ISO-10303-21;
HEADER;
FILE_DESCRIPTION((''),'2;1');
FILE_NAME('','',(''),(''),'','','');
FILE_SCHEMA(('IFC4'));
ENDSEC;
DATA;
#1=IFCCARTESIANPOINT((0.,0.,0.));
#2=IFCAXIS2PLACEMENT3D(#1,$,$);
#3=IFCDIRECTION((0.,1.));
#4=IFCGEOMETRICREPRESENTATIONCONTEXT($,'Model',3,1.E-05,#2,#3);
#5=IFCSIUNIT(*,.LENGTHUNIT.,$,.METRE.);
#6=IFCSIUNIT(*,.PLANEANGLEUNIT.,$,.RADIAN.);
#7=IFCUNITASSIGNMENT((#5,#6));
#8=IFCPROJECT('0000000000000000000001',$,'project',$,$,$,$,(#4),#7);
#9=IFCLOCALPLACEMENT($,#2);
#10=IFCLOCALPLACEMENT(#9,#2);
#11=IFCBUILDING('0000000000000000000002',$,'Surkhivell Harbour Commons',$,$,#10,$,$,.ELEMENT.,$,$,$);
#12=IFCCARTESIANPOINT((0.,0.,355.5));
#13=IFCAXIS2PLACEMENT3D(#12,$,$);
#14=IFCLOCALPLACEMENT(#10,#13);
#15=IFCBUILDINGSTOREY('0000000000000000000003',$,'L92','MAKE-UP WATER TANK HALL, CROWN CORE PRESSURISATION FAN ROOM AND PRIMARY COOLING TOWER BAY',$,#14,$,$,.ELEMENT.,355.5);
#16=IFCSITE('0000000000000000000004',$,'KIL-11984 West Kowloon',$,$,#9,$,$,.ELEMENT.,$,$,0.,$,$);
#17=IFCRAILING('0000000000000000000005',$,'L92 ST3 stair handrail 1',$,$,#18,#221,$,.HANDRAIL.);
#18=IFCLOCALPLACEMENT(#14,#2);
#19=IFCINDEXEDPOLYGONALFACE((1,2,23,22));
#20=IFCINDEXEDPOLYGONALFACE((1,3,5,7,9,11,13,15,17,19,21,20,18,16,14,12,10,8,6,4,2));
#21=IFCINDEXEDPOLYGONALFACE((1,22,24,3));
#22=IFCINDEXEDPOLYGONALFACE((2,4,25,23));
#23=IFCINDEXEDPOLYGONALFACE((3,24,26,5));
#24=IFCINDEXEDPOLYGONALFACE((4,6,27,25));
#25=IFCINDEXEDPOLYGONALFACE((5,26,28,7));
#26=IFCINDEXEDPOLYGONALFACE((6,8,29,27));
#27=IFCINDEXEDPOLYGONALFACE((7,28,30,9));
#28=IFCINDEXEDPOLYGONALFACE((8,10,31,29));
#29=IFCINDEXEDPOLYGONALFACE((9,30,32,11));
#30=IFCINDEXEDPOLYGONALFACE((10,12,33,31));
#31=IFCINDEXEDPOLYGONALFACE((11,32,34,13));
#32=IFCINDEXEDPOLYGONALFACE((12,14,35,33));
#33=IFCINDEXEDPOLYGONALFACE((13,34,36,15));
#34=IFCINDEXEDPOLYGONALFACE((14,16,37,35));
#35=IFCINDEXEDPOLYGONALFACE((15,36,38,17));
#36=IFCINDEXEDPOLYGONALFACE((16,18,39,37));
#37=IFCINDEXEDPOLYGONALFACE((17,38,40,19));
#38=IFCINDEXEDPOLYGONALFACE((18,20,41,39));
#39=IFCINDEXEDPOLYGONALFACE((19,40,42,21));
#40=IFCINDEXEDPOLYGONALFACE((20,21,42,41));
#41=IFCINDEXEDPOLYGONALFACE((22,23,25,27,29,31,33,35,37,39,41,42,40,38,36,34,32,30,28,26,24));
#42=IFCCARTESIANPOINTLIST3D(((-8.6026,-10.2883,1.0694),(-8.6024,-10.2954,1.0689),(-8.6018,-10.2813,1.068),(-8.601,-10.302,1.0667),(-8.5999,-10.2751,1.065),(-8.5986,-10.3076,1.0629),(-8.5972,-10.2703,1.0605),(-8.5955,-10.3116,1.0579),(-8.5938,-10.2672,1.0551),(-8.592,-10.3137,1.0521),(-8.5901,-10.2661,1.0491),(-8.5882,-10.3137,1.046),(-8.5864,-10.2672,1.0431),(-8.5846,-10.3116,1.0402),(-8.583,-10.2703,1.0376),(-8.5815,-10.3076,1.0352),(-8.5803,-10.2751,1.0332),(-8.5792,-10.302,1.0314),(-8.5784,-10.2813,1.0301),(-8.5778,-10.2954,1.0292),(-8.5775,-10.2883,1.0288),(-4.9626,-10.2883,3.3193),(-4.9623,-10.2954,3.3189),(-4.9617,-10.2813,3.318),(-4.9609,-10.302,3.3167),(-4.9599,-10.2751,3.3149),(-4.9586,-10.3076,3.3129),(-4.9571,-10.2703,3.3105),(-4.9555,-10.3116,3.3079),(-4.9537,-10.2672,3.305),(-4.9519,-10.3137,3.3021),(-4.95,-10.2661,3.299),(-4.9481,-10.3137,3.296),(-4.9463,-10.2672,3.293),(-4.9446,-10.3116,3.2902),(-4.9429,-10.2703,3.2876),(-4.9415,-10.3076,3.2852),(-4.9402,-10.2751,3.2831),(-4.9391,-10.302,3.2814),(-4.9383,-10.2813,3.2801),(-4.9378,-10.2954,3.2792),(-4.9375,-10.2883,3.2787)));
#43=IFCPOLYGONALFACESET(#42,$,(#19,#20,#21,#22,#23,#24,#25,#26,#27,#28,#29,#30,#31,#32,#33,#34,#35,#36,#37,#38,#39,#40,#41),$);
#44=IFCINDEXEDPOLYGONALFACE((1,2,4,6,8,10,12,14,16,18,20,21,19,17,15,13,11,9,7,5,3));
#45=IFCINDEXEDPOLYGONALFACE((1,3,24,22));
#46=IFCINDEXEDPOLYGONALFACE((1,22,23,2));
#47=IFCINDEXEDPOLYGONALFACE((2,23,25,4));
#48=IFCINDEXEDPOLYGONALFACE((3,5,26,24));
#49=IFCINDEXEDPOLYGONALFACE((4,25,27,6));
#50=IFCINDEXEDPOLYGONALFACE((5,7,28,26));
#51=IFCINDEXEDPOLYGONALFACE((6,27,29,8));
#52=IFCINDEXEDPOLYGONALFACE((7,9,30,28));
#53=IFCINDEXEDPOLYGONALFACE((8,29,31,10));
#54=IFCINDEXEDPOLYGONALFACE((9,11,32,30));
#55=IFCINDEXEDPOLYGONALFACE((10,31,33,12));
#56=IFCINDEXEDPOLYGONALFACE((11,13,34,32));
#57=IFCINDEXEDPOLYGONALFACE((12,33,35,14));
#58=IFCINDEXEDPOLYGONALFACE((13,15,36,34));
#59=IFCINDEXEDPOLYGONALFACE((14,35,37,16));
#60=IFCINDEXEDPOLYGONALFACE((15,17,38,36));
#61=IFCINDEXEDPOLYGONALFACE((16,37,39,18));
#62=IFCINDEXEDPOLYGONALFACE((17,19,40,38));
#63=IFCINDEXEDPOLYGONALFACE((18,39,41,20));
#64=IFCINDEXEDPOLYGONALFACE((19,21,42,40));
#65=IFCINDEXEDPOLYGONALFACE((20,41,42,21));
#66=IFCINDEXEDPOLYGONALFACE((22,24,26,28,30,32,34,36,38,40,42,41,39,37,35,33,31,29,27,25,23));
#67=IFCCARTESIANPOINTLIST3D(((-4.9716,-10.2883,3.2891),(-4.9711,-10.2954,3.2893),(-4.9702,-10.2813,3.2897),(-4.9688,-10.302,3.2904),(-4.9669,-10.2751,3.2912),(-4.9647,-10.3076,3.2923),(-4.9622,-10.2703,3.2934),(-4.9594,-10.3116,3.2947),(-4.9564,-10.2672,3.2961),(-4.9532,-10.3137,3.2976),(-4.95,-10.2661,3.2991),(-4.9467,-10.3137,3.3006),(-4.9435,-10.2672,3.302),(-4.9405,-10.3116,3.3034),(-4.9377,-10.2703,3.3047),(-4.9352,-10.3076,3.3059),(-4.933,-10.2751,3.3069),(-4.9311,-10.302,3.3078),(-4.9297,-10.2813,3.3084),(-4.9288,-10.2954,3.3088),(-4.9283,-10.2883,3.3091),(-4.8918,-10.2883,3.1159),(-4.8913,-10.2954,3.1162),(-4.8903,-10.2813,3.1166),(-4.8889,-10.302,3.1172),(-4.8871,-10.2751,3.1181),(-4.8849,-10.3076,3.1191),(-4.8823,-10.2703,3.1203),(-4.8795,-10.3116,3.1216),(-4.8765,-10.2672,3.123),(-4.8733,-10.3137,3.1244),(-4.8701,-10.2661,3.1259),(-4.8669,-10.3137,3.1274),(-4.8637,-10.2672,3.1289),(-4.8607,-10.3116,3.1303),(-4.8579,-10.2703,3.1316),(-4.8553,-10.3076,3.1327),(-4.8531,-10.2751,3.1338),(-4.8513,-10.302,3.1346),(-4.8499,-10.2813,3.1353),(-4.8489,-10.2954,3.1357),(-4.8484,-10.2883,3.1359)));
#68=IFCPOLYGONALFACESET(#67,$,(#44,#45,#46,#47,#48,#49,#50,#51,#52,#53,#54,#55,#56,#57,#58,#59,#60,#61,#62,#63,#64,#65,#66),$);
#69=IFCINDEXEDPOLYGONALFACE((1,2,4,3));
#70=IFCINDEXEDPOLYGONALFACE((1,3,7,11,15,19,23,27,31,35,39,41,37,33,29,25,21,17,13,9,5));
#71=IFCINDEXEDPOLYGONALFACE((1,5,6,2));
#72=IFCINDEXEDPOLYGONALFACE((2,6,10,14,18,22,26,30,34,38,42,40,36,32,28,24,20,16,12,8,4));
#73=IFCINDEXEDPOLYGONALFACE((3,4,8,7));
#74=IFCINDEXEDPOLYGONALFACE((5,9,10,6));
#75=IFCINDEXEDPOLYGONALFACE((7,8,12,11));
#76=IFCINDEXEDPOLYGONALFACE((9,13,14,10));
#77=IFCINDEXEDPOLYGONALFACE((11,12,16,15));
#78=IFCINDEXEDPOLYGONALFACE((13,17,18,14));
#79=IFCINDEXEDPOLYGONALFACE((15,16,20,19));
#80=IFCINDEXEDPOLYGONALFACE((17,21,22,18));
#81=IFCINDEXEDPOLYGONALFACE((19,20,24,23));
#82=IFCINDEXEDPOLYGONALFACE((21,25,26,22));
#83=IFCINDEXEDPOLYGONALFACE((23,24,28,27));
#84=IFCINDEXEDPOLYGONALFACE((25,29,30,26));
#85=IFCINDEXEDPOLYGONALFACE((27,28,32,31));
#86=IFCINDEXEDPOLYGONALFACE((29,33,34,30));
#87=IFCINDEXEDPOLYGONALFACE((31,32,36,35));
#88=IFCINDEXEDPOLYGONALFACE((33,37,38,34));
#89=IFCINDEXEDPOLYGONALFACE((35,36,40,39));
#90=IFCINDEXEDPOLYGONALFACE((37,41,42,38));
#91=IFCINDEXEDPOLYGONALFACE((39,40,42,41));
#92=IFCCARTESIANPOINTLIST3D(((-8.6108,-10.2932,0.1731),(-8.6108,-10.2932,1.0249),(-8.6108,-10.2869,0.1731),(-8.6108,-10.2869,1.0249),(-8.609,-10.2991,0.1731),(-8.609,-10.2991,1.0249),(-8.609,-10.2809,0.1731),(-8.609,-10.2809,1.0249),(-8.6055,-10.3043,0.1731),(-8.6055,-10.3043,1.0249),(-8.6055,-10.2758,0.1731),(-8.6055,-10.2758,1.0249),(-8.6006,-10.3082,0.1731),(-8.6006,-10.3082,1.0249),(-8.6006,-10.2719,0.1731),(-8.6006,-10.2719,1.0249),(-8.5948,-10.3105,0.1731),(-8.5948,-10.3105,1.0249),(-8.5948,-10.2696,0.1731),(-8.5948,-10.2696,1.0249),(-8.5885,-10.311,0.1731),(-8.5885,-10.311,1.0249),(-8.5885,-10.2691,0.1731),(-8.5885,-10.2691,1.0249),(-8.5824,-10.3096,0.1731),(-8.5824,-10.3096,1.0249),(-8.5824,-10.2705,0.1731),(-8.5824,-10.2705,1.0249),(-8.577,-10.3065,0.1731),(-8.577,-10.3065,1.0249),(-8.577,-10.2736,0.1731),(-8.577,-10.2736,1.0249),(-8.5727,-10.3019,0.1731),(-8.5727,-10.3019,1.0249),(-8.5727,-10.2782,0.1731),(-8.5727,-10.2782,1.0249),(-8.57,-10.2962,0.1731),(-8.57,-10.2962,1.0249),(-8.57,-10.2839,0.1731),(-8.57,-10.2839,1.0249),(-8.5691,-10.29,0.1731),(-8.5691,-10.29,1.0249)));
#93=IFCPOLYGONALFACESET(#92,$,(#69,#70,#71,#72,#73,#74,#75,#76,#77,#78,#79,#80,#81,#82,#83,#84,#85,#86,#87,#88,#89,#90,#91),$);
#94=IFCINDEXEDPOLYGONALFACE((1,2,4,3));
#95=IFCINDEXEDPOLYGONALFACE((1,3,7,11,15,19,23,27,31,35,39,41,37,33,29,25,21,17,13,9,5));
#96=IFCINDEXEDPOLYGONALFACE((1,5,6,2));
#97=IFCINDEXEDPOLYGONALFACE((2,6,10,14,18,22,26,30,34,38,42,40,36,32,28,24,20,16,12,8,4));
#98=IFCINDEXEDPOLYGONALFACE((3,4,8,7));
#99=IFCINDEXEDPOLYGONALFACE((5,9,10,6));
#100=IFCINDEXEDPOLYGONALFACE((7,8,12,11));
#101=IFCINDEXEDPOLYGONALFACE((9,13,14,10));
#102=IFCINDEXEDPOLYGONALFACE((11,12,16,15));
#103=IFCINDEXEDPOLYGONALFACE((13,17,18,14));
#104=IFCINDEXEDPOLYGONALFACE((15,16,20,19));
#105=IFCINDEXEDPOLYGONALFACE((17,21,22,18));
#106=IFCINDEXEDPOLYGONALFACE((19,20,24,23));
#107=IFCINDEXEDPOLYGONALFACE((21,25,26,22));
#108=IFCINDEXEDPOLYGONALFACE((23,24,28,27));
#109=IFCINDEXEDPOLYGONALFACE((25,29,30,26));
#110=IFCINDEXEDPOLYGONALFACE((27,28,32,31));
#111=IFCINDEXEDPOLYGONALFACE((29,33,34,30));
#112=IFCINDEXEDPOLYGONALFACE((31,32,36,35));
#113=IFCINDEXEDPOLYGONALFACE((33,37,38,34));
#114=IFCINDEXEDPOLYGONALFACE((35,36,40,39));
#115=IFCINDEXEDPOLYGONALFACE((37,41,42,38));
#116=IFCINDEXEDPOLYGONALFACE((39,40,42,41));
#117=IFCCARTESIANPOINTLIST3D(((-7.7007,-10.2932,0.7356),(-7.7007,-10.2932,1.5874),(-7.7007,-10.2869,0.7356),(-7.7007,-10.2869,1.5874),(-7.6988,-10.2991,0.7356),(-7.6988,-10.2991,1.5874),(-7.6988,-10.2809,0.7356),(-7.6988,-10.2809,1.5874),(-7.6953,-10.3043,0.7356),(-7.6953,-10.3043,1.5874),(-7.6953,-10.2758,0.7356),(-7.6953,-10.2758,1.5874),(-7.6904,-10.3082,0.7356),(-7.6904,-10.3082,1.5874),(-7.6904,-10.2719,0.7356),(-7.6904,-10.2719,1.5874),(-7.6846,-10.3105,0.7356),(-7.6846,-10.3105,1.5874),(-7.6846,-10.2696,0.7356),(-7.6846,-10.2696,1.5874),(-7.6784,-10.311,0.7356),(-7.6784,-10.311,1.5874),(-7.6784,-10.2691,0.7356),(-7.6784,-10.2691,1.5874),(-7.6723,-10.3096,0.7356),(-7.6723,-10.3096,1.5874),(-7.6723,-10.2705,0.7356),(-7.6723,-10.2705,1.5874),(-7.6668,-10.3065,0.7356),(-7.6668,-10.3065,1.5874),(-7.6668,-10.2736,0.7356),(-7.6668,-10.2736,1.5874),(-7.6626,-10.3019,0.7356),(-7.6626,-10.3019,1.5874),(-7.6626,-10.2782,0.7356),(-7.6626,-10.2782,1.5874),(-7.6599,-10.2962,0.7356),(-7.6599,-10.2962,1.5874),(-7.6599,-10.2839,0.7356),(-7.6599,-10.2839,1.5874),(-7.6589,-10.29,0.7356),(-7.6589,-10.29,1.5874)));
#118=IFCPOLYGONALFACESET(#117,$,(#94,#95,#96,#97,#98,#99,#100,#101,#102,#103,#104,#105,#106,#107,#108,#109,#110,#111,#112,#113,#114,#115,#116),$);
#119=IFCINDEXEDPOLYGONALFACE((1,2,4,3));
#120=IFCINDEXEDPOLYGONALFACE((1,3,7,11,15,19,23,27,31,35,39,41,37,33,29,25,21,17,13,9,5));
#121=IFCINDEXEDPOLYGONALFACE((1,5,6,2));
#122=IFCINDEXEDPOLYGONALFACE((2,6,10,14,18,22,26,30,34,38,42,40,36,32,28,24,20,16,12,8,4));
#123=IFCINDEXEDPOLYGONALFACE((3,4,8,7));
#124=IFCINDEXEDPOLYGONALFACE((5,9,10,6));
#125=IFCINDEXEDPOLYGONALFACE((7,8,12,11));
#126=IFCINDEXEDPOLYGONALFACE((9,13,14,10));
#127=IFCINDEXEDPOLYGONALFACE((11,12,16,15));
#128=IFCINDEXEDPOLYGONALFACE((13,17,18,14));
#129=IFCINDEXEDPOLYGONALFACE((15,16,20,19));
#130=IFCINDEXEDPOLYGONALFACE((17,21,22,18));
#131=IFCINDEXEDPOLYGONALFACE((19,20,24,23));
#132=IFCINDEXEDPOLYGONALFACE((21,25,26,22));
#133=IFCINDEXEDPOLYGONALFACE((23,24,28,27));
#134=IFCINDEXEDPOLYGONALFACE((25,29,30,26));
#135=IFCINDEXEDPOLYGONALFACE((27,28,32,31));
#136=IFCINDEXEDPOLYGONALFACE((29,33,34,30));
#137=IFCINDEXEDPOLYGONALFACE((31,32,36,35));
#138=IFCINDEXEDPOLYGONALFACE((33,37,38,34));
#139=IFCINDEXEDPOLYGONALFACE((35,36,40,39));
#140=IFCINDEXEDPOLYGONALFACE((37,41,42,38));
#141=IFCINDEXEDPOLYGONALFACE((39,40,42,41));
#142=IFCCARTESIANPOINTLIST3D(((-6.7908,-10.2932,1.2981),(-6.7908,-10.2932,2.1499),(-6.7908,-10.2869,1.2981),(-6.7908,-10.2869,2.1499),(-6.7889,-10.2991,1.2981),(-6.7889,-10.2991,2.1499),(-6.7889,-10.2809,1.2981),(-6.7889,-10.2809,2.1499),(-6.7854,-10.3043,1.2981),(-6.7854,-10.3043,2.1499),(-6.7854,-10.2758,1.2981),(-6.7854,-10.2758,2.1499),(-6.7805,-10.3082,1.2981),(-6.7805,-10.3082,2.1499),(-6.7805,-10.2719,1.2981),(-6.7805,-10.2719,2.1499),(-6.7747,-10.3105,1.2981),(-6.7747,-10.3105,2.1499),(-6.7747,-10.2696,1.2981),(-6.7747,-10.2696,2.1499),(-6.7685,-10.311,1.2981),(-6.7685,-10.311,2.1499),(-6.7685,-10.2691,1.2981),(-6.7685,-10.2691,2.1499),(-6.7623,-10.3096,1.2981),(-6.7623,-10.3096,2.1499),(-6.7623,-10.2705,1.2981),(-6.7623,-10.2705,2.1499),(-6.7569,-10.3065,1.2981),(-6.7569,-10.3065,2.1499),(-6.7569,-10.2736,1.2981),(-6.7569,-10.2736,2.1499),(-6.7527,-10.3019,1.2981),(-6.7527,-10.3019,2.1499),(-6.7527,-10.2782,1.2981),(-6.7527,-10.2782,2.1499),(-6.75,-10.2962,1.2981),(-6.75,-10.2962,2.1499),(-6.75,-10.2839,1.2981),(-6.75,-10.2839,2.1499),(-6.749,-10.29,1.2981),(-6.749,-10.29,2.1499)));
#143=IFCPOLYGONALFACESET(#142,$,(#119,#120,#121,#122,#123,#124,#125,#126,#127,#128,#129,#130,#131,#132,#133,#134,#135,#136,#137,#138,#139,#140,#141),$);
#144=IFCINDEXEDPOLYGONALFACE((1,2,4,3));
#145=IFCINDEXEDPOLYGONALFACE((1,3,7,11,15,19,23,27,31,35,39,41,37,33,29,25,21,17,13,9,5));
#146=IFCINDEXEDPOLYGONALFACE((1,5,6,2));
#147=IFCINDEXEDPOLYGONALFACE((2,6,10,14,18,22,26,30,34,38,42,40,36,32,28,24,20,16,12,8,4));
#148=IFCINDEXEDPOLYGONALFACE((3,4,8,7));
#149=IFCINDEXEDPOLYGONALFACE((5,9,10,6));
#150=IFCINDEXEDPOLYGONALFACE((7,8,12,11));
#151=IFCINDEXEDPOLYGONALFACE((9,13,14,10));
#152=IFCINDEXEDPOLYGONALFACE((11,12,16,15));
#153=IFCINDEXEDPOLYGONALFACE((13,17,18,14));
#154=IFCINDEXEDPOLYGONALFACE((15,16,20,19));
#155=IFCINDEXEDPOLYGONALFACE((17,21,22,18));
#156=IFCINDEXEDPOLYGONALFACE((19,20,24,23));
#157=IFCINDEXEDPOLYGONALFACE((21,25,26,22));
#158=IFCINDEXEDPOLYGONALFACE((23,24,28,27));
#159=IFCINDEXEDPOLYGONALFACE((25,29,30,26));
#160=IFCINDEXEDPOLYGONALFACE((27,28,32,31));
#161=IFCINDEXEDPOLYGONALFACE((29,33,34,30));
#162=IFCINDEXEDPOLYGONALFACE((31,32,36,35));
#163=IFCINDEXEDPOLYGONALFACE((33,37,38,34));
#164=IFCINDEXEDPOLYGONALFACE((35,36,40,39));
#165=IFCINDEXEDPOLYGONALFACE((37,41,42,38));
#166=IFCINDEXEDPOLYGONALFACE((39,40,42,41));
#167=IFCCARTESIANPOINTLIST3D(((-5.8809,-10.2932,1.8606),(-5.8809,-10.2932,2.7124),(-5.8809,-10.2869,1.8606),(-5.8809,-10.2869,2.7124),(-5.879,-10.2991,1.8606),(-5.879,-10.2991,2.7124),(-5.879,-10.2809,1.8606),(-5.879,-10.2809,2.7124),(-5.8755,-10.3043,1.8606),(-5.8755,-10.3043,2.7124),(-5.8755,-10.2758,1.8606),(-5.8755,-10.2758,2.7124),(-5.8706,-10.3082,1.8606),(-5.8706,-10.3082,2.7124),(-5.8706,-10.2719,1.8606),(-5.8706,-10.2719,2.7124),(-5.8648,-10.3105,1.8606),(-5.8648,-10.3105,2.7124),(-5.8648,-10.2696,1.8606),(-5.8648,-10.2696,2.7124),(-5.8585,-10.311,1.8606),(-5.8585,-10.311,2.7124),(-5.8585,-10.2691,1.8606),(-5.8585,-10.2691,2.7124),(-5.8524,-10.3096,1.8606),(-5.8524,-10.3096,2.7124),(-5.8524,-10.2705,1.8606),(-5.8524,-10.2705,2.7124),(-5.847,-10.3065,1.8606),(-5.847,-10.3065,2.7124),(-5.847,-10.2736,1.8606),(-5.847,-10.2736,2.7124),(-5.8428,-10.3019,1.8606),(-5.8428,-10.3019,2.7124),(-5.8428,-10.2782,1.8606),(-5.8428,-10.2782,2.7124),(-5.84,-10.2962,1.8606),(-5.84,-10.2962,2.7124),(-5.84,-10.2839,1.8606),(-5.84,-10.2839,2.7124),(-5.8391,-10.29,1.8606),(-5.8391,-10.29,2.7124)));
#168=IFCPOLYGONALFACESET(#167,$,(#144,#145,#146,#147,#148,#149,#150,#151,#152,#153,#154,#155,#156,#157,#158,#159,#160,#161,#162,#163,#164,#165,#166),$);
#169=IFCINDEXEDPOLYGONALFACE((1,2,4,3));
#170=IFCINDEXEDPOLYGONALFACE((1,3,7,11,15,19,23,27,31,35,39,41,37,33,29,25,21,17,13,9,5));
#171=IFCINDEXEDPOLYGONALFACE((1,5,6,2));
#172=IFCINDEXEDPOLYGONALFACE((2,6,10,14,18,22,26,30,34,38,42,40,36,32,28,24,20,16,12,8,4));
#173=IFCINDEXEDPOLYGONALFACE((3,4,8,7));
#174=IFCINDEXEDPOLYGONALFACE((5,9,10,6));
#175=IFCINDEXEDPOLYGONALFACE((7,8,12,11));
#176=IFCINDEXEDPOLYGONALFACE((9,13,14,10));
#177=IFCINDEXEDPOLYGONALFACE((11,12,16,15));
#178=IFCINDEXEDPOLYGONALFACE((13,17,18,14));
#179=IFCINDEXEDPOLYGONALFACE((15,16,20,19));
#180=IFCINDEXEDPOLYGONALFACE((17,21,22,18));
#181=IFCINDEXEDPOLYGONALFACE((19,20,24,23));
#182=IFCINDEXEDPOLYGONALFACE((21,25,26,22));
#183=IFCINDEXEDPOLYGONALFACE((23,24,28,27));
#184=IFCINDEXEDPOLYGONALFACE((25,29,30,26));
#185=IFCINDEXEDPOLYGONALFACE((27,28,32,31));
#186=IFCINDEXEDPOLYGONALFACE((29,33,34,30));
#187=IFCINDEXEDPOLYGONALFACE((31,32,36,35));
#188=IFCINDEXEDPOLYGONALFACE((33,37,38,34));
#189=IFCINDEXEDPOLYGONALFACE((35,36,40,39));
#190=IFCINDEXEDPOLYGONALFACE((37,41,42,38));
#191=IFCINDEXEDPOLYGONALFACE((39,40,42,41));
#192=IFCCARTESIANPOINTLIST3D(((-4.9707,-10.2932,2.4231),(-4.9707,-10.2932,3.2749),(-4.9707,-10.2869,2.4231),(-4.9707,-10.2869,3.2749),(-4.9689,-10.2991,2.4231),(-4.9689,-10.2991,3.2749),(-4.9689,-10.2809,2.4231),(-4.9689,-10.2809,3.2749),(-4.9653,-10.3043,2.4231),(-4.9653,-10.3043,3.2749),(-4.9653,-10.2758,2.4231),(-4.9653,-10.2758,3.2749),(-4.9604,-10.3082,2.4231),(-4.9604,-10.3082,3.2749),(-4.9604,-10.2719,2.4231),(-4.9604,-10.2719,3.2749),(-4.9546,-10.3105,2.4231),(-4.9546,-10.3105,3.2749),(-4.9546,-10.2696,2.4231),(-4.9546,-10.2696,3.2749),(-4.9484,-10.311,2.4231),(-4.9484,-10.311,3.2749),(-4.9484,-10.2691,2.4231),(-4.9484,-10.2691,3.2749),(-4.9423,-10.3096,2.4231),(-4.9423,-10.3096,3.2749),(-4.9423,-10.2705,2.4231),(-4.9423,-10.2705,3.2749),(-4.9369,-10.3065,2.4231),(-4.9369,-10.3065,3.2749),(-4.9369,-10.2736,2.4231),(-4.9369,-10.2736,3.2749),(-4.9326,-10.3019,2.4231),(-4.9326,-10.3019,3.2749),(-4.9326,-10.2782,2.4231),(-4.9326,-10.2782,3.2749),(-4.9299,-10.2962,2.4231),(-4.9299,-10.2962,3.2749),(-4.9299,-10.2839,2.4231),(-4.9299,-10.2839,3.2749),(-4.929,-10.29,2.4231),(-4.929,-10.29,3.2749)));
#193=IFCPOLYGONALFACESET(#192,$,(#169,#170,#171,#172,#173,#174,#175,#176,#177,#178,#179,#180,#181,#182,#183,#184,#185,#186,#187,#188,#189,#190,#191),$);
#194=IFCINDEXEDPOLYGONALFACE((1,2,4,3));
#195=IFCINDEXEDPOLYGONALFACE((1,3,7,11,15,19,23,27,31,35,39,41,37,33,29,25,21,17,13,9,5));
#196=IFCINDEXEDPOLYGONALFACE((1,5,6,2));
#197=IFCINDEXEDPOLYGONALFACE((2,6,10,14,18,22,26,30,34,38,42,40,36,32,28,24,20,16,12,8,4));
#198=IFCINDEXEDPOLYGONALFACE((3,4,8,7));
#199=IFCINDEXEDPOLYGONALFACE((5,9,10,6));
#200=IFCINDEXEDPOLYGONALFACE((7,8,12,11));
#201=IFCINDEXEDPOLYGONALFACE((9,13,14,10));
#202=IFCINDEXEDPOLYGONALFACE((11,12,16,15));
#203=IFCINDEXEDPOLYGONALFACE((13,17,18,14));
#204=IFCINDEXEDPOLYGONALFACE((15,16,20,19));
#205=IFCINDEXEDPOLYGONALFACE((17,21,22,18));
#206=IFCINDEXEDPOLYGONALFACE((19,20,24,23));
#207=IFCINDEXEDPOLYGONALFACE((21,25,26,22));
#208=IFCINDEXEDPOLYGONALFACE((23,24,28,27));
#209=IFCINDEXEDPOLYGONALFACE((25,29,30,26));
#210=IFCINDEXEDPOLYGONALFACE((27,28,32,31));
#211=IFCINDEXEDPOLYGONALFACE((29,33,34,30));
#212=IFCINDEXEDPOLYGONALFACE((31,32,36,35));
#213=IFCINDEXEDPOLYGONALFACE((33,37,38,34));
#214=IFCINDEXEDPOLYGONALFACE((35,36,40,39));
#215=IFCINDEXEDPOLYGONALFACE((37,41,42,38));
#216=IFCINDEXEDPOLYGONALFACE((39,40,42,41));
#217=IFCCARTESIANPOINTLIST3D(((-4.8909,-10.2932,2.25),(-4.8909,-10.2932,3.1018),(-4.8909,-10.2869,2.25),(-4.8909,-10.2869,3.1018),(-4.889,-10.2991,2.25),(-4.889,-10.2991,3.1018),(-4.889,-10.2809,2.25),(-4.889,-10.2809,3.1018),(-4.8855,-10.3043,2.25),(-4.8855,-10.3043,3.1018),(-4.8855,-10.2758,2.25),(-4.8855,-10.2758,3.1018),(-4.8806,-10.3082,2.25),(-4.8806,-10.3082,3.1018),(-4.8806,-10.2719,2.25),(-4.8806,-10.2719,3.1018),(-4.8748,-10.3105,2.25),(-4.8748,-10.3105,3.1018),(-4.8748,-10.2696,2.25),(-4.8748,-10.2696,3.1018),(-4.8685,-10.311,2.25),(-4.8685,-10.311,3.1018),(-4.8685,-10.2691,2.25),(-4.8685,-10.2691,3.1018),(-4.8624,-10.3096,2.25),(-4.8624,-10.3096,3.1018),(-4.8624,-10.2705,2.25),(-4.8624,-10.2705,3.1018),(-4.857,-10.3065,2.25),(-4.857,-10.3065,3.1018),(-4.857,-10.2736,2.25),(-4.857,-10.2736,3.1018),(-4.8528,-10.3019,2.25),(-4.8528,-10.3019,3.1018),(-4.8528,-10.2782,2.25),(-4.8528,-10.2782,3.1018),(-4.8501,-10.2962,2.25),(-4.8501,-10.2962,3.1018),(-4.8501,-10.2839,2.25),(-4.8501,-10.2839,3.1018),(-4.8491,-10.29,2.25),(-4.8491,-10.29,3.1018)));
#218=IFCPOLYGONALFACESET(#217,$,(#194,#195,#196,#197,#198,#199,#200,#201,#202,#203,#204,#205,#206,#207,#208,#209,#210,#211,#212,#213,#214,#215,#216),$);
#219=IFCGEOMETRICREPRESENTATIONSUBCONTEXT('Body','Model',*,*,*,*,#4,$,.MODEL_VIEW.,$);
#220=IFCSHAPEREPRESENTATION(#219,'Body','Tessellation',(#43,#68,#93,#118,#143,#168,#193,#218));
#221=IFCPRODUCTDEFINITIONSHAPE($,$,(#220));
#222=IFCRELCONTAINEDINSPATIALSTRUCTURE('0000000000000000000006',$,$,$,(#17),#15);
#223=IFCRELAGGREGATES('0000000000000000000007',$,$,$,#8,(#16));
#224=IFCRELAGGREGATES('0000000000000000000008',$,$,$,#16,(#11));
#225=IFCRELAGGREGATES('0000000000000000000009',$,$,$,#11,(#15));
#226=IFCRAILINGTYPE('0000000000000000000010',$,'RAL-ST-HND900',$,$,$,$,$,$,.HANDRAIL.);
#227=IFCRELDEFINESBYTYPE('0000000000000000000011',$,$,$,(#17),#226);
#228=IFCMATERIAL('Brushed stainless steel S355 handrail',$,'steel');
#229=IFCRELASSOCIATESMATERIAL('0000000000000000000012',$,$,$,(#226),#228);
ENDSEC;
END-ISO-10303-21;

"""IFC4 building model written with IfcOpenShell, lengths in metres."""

from ifc_helpers import new_model, si_unit, direction, frame, origin, origin_2d, place, context, subcontext, project, spatial, circle, extrude, material, type_object, element, save


model = new_model("IFC4")

# Units and contexts
model_context = context("Model", 3, precision=1e-05, world=origin(), true_north=direction((0.0, 1.0)))
body_context = subcontext(model_context, "Body", "Model", "MODEL_VIEW")
ifc_project = project(units=[si_unit("LENGTHUNIT", "METRE"), si_unit("PLANEANGLEUNIT", "RADIAN")], contexts=[model_context])

# Site, building, storey
site_placement = place(None, origin())
site = spatial("IfcSite", under=ifc_project, at=site_placement, Name="KIL-11984 West Kowloon", CompositionType="ELEMENT", RefElevation=0.0)
building_placement = place(site_placement, origin())
building = spatial("IfcBuilding", under=site, at=building_placement, Name="Surkhivell Harbour Commons", CompositionType="ELEMENT")
storey_placement = place(building_placement, frame((0.0, 0.0, 355.5)))
storey = spatial("IfcBuildingStorey", under=building, at=storey_placement, Name="L92", Description="MAKE-UP WATER TANK HALL, CROWN CORE PRESSURISATION FAN ROOM AND PRIMARY COOLING TOWER BAY", CompositionType="ELEMENT", Elevation=355.5)

# Railing
ifc_material_1 = material(Name="Brushed stainless steel S355 handrail", Category="steel")
railing_type_1 = type_object("IfcRailingType", Name="RAL-ST-HND900", PredefinedType="HANDRAIL", material=ifc_material_1)
railing_1_placement = place(storey_placement, frame((-8.5901, -10.29, 0.1731)))
element("IfcRailing", 1, at=railing_1_placement, inside=storey, type_object=railing_type_1, Name="L92 ST3 stair handrail 1", PredefinedType="HANDRAIL", context=body_context, shape_type="SweptSolid", body=[
    extrude(circle(Radius=0.0239, at=origin_2d()), frame((0.0, 0.0, 0.876), z_axis=(0.850622, 0.0, 0.525777), x_axis=(0.0, 1.0, 0.0)), (0.0, 0.0, 1.0), 4.2793),
    extrude(circle(Radius=0.0239, at=origin_2d()), frame((3.6401, 0.0, 3.126), z_axis=(0.418815, 0.0, -0.908072), x_axis=(0.0, 1.0, 0.0)), (0.0, 0.0, 1.0), 0.1907),
    extrude(circle(Radius=0.021, at=origin_2d()), origin(), (0.0, 0.0, 1.0), 0.8518),
    extrude(circle(Radius=0.021, at=origin_2d()), frame((0.9102, 0.0, 0.5625)), (0.0, 0.0, 1.0), 0.8518),
    extrude(circle(Radius=0.021, at=origin_2d()), frame((1.8201, 0.0, 1.125)), (0.0, 0.0, 1.0), 0.8518),
    extrude(circle(Radius=0.021, at=origin_2d()), frame((2.73, 0.0, 1.6875)), (0.0, 0.0, 1.0), 0.8518),
    extrude(circle(Radius=0.021, at=origin_2d()), frame((3.6401, 0.0, 2.25)), (0.0, 0.0, 1.0), 0.8518),
    extrude(circle(Radius=0.021, at=origin_2d()), frame((3.72, 0.0, 2.0769)), (0.0, 0.0, 1.0), 0.8518),
])

save(model, "model.ifc")
